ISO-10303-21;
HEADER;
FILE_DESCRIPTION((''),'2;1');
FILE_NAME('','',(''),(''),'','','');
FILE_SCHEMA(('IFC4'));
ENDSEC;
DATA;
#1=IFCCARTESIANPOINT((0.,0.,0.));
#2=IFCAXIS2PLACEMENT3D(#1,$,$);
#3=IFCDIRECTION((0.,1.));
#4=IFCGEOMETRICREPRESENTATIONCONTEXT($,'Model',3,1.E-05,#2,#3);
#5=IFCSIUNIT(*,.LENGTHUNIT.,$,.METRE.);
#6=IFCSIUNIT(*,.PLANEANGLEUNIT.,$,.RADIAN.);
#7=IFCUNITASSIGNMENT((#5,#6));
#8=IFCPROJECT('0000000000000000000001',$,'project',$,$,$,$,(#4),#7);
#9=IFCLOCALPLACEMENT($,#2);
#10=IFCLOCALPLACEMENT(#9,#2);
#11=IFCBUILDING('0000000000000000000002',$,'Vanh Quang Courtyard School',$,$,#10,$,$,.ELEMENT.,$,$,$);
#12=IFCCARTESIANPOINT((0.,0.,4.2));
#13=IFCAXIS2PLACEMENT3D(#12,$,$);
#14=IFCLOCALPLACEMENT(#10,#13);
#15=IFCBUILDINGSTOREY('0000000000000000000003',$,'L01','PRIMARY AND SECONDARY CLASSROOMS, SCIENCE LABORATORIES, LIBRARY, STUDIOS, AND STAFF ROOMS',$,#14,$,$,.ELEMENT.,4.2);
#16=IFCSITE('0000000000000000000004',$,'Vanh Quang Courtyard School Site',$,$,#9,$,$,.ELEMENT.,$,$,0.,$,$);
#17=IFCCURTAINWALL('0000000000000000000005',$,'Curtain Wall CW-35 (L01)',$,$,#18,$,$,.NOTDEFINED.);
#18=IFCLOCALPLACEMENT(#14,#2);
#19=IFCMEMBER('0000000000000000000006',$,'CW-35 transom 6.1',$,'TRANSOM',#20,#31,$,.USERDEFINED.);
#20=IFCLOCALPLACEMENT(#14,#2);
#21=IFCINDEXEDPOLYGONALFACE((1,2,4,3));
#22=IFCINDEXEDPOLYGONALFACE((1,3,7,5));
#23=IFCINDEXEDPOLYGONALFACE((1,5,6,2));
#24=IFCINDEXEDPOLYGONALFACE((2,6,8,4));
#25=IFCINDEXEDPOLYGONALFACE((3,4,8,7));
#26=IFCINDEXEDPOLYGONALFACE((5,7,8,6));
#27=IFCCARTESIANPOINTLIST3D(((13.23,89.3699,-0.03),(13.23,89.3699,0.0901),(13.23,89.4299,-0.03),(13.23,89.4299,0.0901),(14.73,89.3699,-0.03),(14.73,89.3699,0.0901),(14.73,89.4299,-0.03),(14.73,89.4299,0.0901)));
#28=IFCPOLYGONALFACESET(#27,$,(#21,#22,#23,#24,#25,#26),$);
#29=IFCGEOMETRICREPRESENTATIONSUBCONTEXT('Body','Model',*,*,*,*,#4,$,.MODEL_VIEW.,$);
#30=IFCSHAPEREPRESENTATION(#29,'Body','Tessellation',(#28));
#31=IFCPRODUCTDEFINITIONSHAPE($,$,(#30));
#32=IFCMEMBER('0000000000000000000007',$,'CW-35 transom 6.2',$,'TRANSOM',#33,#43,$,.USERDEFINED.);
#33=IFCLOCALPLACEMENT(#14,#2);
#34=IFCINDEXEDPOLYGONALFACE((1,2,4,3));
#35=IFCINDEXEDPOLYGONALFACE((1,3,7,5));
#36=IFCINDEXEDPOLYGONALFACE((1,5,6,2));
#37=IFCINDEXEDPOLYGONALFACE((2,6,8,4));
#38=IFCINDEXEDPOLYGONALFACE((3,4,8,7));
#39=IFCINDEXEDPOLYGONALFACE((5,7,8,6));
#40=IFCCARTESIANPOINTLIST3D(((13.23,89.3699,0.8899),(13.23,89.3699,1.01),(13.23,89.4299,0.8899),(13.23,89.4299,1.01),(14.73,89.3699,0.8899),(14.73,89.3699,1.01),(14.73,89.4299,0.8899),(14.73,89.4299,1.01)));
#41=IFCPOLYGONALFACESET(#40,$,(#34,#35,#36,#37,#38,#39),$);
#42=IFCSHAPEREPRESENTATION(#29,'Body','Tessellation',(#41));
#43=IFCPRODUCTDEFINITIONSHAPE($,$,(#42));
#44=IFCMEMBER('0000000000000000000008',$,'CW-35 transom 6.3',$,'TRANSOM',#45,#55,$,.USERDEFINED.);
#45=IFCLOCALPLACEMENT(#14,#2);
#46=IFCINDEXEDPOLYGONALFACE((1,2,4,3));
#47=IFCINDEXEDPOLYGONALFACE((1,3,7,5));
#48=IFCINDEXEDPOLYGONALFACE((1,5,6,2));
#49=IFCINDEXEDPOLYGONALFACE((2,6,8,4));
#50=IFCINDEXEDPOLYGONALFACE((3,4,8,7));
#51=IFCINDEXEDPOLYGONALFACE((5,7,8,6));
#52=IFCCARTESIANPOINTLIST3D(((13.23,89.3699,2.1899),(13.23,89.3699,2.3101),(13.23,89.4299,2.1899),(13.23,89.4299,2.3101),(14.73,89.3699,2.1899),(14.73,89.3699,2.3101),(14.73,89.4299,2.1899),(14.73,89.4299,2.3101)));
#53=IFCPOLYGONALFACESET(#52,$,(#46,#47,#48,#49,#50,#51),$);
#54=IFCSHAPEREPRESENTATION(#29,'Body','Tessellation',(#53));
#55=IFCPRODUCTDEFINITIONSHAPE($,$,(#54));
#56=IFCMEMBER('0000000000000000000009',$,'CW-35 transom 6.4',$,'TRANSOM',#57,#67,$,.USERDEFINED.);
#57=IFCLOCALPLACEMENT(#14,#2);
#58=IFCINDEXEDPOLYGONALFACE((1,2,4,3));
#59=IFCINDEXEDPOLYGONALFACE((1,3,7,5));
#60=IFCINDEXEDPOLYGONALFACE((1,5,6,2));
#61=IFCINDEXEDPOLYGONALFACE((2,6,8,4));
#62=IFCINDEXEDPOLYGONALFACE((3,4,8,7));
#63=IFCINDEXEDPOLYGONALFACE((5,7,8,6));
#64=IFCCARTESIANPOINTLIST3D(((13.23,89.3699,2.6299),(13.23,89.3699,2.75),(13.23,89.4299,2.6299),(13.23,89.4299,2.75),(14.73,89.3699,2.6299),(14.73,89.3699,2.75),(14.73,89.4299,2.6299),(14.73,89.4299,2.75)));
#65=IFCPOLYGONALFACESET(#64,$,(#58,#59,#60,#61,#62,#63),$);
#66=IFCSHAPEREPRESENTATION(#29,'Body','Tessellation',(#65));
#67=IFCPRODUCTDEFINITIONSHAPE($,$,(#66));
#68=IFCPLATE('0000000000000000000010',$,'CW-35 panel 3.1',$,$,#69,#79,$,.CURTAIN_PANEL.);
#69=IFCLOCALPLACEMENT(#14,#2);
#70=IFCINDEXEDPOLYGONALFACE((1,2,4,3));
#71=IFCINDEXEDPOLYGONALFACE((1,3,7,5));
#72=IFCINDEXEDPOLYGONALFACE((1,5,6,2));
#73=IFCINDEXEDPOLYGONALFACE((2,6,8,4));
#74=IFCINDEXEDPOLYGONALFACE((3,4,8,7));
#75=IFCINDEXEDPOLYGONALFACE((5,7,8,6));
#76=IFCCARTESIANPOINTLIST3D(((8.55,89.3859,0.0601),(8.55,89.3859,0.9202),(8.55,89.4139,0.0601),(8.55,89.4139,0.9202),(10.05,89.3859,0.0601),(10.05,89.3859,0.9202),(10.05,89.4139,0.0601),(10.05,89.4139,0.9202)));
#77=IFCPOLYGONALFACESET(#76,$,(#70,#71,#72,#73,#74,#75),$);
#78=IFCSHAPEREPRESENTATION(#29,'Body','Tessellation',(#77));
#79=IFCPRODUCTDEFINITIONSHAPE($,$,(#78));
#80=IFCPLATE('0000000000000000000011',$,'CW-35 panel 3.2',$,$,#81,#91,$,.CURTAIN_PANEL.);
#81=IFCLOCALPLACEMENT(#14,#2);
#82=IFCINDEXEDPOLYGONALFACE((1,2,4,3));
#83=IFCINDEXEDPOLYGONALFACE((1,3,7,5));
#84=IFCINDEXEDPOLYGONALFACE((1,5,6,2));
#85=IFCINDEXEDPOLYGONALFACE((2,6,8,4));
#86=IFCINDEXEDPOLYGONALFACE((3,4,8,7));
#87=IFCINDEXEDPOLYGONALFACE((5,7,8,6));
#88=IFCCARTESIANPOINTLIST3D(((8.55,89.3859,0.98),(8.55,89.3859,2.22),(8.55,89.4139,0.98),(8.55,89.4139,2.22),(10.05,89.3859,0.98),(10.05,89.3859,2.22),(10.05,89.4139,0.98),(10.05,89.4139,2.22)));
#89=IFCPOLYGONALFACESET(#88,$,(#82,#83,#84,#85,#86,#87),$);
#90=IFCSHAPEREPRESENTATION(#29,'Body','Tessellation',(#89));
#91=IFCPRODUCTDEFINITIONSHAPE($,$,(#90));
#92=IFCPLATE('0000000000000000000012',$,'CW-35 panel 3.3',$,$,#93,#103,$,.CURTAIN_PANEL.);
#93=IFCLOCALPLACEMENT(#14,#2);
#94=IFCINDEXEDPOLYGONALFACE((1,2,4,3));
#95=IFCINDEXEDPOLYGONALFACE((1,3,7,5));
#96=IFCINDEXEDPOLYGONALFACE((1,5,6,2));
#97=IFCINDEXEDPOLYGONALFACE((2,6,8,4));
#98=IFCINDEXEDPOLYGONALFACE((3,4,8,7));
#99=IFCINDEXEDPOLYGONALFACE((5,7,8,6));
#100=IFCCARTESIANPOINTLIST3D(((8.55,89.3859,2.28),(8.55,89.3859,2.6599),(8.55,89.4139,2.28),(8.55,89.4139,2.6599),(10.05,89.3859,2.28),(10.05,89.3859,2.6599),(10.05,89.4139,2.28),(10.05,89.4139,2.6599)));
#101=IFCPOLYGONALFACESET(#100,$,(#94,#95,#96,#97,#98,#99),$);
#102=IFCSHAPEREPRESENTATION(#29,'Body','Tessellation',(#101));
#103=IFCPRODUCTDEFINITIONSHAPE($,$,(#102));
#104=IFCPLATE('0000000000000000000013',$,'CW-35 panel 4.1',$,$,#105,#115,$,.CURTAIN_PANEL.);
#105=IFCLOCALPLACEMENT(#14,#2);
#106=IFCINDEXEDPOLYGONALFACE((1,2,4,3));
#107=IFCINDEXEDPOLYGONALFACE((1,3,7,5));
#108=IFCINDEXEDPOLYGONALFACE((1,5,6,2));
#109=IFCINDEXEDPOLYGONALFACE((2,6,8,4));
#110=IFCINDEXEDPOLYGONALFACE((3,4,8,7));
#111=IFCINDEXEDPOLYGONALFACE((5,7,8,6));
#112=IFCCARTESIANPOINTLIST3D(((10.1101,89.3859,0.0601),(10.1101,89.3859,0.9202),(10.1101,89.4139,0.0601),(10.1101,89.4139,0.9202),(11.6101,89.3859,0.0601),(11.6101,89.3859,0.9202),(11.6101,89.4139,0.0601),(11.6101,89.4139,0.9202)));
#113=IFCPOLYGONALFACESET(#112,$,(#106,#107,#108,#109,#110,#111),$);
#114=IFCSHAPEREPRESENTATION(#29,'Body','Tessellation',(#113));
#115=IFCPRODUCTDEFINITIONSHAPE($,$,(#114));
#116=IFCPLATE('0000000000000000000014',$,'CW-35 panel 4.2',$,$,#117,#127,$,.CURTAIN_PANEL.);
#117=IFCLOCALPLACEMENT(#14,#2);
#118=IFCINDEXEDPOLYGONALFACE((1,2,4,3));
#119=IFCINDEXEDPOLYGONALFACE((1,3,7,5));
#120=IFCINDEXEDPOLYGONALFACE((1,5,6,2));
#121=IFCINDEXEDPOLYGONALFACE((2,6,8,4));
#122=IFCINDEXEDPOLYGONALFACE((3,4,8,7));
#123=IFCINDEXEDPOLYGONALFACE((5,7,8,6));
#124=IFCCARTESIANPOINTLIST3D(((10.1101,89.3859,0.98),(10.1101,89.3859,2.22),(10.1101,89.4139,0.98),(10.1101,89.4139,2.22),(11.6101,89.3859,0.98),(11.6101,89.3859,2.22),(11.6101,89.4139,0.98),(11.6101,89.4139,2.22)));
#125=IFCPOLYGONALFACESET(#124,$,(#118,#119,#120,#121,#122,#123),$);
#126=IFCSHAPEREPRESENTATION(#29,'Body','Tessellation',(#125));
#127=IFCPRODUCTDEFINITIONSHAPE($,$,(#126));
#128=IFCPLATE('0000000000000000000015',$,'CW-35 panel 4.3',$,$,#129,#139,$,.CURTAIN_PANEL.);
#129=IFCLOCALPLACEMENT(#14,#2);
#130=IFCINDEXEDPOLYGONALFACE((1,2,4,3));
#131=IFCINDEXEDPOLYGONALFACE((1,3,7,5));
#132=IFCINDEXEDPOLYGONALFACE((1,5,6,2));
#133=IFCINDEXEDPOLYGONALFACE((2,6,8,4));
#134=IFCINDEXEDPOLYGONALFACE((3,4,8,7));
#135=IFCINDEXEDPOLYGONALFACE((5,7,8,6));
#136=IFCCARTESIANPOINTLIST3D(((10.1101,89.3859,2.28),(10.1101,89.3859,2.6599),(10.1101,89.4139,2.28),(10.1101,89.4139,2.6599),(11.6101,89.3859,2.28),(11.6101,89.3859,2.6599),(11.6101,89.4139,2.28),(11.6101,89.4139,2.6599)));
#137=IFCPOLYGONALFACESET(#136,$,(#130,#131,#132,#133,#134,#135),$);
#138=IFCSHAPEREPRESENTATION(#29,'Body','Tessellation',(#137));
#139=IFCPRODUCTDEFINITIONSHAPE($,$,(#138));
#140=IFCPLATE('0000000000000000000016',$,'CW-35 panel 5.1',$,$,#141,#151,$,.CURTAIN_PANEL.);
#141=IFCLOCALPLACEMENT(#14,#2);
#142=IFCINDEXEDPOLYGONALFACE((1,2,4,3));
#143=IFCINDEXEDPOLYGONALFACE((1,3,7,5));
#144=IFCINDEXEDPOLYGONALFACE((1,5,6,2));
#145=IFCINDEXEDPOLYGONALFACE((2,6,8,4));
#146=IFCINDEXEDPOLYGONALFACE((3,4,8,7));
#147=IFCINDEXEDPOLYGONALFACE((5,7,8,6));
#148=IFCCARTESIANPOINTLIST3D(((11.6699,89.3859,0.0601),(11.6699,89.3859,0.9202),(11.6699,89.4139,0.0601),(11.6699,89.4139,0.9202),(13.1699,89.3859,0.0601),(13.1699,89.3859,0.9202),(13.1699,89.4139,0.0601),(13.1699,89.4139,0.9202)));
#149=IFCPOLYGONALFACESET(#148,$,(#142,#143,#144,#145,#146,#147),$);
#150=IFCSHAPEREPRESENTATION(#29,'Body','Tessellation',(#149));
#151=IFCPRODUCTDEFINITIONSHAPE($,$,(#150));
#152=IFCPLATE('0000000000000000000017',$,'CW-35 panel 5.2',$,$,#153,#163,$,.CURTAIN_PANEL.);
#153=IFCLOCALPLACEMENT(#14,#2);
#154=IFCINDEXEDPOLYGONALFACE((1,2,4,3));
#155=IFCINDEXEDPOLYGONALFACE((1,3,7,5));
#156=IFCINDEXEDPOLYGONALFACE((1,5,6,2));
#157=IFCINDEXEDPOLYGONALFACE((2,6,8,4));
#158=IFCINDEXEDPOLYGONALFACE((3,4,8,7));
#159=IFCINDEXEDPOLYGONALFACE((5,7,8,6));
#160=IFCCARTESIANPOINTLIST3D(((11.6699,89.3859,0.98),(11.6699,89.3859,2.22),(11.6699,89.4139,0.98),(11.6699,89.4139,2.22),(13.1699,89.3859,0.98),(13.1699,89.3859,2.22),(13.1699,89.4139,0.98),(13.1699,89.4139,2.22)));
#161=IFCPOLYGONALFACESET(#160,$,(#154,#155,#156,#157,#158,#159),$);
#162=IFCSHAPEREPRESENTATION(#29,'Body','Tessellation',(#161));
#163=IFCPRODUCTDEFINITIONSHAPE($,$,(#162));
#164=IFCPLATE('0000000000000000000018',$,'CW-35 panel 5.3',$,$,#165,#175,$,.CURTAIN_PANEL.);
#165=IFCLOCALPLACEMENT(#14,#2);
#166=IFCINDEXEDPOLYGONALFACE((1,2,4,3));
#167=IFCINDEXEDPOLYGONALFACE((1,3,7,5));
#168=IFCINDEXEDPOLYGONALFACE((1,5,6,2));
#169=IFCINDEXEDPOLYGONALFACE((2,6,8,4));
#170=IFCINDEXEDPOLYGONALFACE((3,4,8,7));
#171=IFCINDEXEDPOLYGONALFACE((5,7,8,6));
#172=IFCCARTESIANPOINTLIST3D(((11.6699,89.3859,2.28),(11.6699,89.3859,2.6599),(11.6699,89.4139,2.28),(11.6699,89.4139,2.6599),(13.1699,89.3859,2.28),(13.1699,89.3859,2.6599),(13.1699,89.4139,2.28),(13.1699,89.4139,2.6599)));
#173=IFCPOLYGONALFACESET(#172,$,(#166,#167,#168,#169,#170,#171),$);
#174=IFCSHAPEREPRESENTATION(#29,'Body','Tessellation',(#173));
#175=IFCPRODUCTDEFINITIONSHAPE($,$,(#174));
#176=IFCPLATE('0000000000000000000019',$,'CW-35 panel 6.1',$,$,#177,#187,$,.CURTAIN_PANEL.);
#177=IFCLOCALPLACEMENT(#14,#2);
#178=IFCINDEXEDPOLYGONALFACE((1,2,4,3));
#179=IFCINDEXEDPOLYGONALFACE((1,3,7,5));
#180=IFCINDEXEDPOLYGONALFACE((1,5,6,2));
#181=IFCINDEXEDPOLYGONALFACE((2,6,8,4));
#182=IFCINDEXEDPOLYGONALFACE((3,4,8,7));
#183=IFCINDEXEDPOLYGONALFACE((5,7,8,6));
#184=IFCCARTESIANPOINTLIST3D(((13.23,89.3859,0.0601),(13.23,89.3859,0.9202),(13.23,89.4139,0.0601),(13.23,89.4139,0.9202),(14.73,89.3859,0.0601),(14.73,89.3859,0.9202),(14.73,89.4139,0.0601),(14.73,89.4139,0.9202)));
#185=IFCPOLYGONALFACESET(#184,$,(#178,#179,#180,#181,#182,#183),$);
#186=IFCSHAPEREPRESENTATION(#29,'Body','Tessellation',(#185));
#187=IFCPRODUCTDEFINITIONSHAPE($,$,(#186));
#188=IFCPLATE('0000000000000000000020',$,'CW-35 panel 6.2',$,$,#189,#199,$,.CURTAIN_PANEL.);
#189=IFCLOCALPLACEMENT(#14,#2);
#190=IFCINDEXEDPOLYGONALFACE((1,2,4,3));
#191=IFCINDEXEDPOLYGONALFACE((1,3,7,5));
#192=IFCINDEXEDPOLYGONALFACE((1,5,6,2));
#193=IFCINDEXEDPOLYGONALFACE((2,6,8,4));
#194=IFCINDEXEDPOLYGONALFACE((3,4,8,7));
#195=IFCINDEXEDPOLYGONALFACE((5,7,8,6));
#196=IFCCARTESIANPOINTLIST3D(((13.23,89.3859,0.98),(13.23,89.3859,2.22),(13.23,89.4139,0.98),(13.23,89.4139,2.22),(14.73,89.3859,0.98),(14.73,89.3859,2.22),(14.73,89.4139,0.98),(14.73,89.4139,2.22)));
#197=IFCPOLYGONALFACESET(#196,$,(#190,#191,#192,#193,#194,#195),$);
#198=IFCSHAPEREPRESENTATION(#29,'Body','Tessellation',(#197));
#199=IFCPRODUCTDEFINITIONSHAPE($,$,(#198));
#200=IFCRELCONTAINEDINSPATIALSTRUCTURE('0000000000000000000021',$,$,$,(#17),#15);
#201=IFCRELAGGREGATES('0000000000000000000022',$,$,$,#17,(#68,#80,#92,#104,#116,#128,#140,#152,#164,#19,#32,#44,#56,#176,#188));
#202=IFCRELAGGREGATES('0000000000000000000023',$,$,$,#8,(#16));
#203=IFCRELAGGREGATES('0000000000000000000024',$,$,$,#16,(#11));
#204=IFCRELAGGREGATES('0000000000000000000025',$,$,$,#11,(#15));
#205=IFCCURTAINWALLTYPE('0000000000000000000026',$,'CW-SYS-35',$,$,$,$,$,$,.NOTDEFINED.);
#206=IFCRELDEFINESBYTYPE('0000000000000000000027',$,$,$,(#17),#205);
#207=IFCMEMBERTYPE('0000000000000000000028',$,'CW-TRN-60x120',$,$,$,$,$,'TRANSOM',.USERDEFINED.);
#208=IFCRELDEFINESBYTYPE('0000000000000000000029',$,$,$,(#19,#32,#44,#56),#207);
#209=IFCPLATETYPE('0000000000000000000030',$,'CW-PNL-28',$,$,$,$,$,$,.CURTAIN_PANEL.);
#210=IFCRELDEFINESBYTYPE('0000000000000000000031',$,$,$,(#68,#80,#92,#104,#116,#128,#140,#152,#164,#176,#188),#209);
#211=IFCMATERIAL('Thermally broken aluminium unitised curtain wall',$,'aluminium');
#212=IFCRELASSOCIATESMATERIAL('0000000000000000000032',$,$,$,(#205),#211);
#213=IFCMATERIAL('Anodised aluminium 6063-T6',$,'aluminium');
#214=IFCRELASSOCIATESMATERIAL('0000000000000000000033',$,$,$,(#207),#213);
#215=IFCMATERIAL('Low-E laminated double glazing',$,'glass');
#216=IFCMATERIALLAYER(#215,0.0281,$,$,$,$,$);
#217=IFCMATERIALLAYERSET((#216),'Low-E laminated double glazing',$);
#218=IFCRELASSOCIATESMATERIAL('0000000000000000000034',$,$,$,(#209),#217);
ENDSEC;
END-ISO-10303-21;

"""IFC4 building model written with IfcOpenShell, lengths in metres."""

from ifc_helpers import new_model, si_unit, direction, frame, origin, origin_2d, place, context, subcontext, project, spatial, rectangle, extrude, material, layer, layer_set, material_profile, profile_set, type_object, element, aggregate, save


model = new_model("IFC4")

# Units and contexts
model_context = context("Model", 3, precision=1e-05, world=origin(), true_north=direction((0.0, 1.0)))
body_context = subcontext(model_context, "Body", "Model", "MODEL_VIEW")
ifc_project = project(units=[si_unit("LENGTHUNIT", "METRE"), si_unit("PLANEANGLEUNIT", "RADIAN")], contexts=[model_context])

# Site, building, storey
site_placement = place(None, origin())
site = spatial("IfcSite", under=ifc_project, at=site_placement, Name="Vanh Quang Courtyard School Site", CompositionType="ELEMENT", RefElevation=0.0)
building_placement = place(site_placement, origin())
building = spatial("IfcBuilding", under=site, at=building_placement, Name="Vanh Quang Courtyard School", CompositionType="ELEMENT")
storey_placement = place(building_placement, frame((0.0, 0.0, 4.2)))
storey = spatial("IfcBuildingStorey", under=building, at=storey_placement, Name="L01", Description="PRIMARY AND SECONDARY CLASSROOMS, SCIENCE LABORATORIES, LIBRARY, STUDIOS, AND STAFF ROOMS", CompositionType="ELEMENT", Elevation=4.2)

# Curtain wall, members, plates
ifc_material_1 = material(Name="Thermally broken aluminium unitised curtain wall", Category="aluminium")
curtain_wall_type = type_object("IfcCurtainWallType", Name="CW-SYS-35", PredefinedType="NOTDEFINED", material=ifc_material_1)
curtain_wall_placement = place(storey_placement, origin())
curtain_wall = element("IfcCurtainWall", 1, at=curtain_wall_placement, inside=storey, type_object=curtain_wall_type, Name="Curtain Wall CW-35 (L01)", PredefinedType="NOTDEFINED")
ifc_material_2 = material(Name="Anodised aluminium 6063-T6", Category="aluminium")
ifc_material_profile_1 = material_profile(ifc_material_2, rectangle(XDim=0.0601, YDim=0.1201, at=origin_2d()), Name="ALU-TRN 60x120")
ifc_profile_set_1 = profile_set([ifc_material_profile_1], Name="Anodised aluminium 6063-T6")
member_type_1 = type_object("IfcMemberType", Name="CW-TRN-60x120", ElementType="TRANSOM", PredefinedType="USERDEFINED", material=ifc_profile_set_1)
member_1_placement = place(storey_placement, frame((13.23, 89.3999, 0.03), z_axis=(1.0, 0.0, 0.0), x_axis=(0.0, 1.0, 0.0)))
member_1 = element("IfcMember", 2, at=member_1_placement, type_object=member_type_1, Name="CW-35 transom 6.1", ObjectType="TRANSOM", PredefinedType="USERDEFINED", context=body_context, shape_type="SweptSolid", body=[
    extrude(rectangle(XDim=0.0601, YDim=0.1201, at=origin_2d()), origin(), (0.0, 0.0, 1.0), 1.5),
])
member_2_placement = place(storey_placement, frame((13.23, 89.3999, 0.95), z_axis=(1.0, 0.0, 0.0), x_axis=(0.0, 1.0, 0.0)))
member_2 = element("IfcMember", 3, at=member_2_placement, type_object=member_type_1, Name="CW-35 transom 6.2", ObjectType="TRANSOM", PredefinedType="USERDEFINED", context=body_context, shape_type="SweptSolid", body=[
    extrude(rectangle(XDim=0.0601, YDim=0.1201, at=origin_2d()), origin(), (0.0, 0.0, 1.0), 1.5),
])
member_3_placement = place(storey_placement, frame((13.23, 89.3999, 2.25), z_axis=(1.0, 0.0, 0.0), x_axis=(0.0, 1.0, 0.0)))
member_3 = element("IfcMember", 4, at=member_3_placement, type_object=member_type_1, Name="CW-35 transom 6.3", ObjectType="TRANSOM", PredefinedType="USERDEFINED", context=body_context, shape_type="SweptSolid", body=[
    extrude(rectangle(XDim=0.0601, YDim=0.1201, at=origin_2d()), origin(), (0.0, 0.0, 1.0), 1.5),
])
member_4_placement = place(storey_placement, frame((13.23, 89.3999, 2.6899), z_axis=(1.0, 0.0, 0.0), x_axis=(0.0, 1.0, 0.0)))
member_4 = element("IfcMember", 5, at=member_4_placement, type_object=member_type_1, Name="CW-35 transom 6.4", ObjectType="TRANSOM", PredefinedType="USERDEFINED", context=body_context, shape_type="SweptSolid", body=[
    extrude(rectangle(XDim=0.0601, YDim=0.1201, at=origin_2d()), origin(), (0.0, 0.0, 1.0), 1.5),
])
ifc_material_3 = material(Name="Low-E laminated double glazing", Category="glass")
ifc_layer = layer(ifc_material_3, 0.0281)
ifc_layer_set = layer_set([ifc_layer], Name="Low-E laminated double glazing")
plate_type = type_object("IfcPlateType", Name="CW-PNL-28", PredefinedType="CURTAIN_PANEL", material=ifc_layer_set)
plate_1_placement = place(storey_placement, frame((9.3, 89.3999, 0.0601), z_axis=(0.0, 0.0, 1.0), x_axis=(1.0, 0.0, 0.0)))
plate_1 = element("IfcPlate", 6, at=plate_1_placement, type_object=plate_type, Name="CW-35 panel 3.1", PredefinedType="CURTAIN_PANEL", context=body_context, shape_type="SweptSolid", body=[
    extrude(rectangle(XDim=1.5, YDim=0.0281, at=origin_2d()), origin(), (0.0, 0.0, 1.0), 0.8601),
])
plate_2_placement = place(storey_placement, frame((9.3, 89.3999, 0.98), z_axis=(0.0, 0.0, 1.0), x_axis=(1.0, 0.0, 0.0)))
plate_2 = element("IfcPlate", 7, at=plate_2_placement, type_object=plate_type, Name="CW-35 panel 3.2", PredefinedType="CURTAIN_PANEL", context=body_context, shape_type="SweptSolid", body=[
    extrude(rectangle(XDim=1.5, YDim=0.0281, at=origin_2d()), origin(), (0.0, 0.0, 1.0), 1.24),
])
plate_3_placement = place(storey_placement, frame((9.3, 89.3999, 2.28), z_axis=(0.0, 0.0, 1.0), x_axis=(1.0, 0.0, 0.0)))
plate_3 = element("IfcPlate", 8, at=plate_3_placement, type_object=plate_type, Name="CW-35 panel 3.3", PredefinedType="CURTAIN_PANEL", context=body_context, shape_type="SweptSolid", body=[
    extrude(rectangle(XDim=1.5, YDim=0.0281, at=origin_2d()), origin(), (0.0, 0.0, 1.0), 0.3799),
])
plate_4_placement = place(storey_placement, frame((10.8601, 89.3999, 0.0601), z_axis=(0.0, 0.0, 1.0), x_axis=(1.0, 0.0, 0.0)))
plate_4 = element("IfcPlate", 9, at=plate_4_placement, type_object=plate_type, Name="CW-35 panel 4.1", PredefinedType="CURTAIN_PANEL", context=body_context, shape_type="SweptSolid", body=[
    extrude(rectangle(XDim=1.5, YDim=0.0281, at=origin_2d()), origin(), (0.0, 0.0, 1.0), 0.8601),
])
plate_5_placement = place(storey_placement, frame((10.8601, 89.3999, 0.98), z_axis=(0.0, 0.0, 1.0), x_axis=(1.0, 0.0, 0.0)))
plate_5 = element("IfcPlate", 10, at=plate_5_placement, type_object=plate_type, Name="CW-35 panel 4.2", PredefinedType="CURTAIN_PANEL", context=body_context, shape_type="SweptSolid", body=[
    extrude(rectangle(XDim=1.5, YDim=0.0281, at=origin_2d()), origin(), (0.0, 0.0, 1.0), 1.24),
])
plate_6_placement = place(storey_placement, frame((10.8601, 89.3999, 2.28), z_axis=(0.0, 0.0, 1.0), x_axis=(1.0, 0.0, 0.0)))
plate_6 = element("IfcPlate", 11, at=plate_6_placement, type_object=plate_type, Name="CW-35 panel 4.3", PredefinedType="CURTAIN_PANEL", context=body_context, shape_type="SweptSolid", body=[
    extrude(rectangle(XDim=1.5, YDim=0.0281, at=origin_2d()), origin(), (0.0, 0.0, 1.0), 0.3799),
])
plate_7_placement = place(storey_placement, frame((12.4199, 89.3999, 0.0601), z_axis=(0.0, 0.0, 1.0), x_axis=(1.0, 0.0, 0.0)))
plate_7 = element("IfcPlate", 12, at=plate_7_placement, type_object=plate_type, Name="CW-35 panel 5.1", PredefinedType="CURTAIN_PANEL", context=body_context, shape_type="SweptSolid", body=[
    extrude(rectangle(XDim=1.5, YDim=0.0281, at=origin_2d()), origin(), (0.0, 0.0, 1.0), 0.8601),
])
plate_8_placement = place(storey_placement, frame((12.4199, 89.3999, 0.98), z_axis=(0.0, 0.0, 1.0), x_axis=(1.0, 0.0, 0.0)))
plate_8 = element("IfcPlate", 13, at=plate_8_placement, type_object=plate_type, Name="CW-35 panel 5.2", PredefinedType="CURTAIN_PANEL", context=body_context, shape_type="SweptSolid", body=[
    extrude(rectangle(XDim=1.5, YDim=0.0281, at=origin_2d()), origin(), (0.0, 0.0, 1.0), 1.24),
])
plate_9_placement = place(storey_placement, frame((12.4199, 89.3999, 2.28), z_axis=(0.0, 0.0, 1.0), x_axis=(1.0, 0.0, 0.0)))
plate_9 = element("IfcPlate", 14, at=plate_9_placement, type_object=plate_type, Name="CW-35 panel 5.3", PredefinedType="CURTAIN_PANEL", context=body_context, shape_type="SweptSolid", body=[
    extrude(rectangle(XDim=1.5, YDim=0.0281, at=origin_2d()), origin(), (0.0, 0.0, 1.0), 0.3799),
])
plate_10_placement = place(storey_placement, frame((13.98, 89.3999, 0.0601), z_axis=(0.0, 0.0, 1.0), x_axis=(1.0, 0.0, 0.0)))
plate_10 = element("IfcPlate", 15, at=plate_10_placement, type_object=plate_type, Name="CW-35 panel 6.1", PredefinedType="CURTAIN_PANEL", context=body_context, shape_type="SweptSolid", body=[
    extrude(rectangle(XDim=1.5, YDim=0.0281, at=origin_2d()), origin(), (0.0, 0.0, 1.0), 0.8601),
])
plate_11_placement = place(storey_placement, frame((13.98, 89.3999, 0.98), z_axis=(0.0, 0.0, 1.0), x_axis=(1.0, 0.0, 0.0)))
plate_11 = element("IfcPlate", 16, at=plate_11_placement, type_object=plate_type, Name="CW-35 panel 6.2", PredefinedType="CURTAIN_PANEL", context=body_context, shape_type="SweptSolid", body=[
    extrude(rectangle(XDim=1.5, YDim=0.0281, at=origin_2d()), origin(), (0.0, 0.0, 1.0), 1.24),
])
aggregate(curtain_wall, [plate_1, plate_2, plate_3, plate_4, plate_5, plate_6, plate_7, plate_8, plate_9, member_1, member_2, member_3, member_4, plate_10, plate_11])

save(model, "model.ifc")
